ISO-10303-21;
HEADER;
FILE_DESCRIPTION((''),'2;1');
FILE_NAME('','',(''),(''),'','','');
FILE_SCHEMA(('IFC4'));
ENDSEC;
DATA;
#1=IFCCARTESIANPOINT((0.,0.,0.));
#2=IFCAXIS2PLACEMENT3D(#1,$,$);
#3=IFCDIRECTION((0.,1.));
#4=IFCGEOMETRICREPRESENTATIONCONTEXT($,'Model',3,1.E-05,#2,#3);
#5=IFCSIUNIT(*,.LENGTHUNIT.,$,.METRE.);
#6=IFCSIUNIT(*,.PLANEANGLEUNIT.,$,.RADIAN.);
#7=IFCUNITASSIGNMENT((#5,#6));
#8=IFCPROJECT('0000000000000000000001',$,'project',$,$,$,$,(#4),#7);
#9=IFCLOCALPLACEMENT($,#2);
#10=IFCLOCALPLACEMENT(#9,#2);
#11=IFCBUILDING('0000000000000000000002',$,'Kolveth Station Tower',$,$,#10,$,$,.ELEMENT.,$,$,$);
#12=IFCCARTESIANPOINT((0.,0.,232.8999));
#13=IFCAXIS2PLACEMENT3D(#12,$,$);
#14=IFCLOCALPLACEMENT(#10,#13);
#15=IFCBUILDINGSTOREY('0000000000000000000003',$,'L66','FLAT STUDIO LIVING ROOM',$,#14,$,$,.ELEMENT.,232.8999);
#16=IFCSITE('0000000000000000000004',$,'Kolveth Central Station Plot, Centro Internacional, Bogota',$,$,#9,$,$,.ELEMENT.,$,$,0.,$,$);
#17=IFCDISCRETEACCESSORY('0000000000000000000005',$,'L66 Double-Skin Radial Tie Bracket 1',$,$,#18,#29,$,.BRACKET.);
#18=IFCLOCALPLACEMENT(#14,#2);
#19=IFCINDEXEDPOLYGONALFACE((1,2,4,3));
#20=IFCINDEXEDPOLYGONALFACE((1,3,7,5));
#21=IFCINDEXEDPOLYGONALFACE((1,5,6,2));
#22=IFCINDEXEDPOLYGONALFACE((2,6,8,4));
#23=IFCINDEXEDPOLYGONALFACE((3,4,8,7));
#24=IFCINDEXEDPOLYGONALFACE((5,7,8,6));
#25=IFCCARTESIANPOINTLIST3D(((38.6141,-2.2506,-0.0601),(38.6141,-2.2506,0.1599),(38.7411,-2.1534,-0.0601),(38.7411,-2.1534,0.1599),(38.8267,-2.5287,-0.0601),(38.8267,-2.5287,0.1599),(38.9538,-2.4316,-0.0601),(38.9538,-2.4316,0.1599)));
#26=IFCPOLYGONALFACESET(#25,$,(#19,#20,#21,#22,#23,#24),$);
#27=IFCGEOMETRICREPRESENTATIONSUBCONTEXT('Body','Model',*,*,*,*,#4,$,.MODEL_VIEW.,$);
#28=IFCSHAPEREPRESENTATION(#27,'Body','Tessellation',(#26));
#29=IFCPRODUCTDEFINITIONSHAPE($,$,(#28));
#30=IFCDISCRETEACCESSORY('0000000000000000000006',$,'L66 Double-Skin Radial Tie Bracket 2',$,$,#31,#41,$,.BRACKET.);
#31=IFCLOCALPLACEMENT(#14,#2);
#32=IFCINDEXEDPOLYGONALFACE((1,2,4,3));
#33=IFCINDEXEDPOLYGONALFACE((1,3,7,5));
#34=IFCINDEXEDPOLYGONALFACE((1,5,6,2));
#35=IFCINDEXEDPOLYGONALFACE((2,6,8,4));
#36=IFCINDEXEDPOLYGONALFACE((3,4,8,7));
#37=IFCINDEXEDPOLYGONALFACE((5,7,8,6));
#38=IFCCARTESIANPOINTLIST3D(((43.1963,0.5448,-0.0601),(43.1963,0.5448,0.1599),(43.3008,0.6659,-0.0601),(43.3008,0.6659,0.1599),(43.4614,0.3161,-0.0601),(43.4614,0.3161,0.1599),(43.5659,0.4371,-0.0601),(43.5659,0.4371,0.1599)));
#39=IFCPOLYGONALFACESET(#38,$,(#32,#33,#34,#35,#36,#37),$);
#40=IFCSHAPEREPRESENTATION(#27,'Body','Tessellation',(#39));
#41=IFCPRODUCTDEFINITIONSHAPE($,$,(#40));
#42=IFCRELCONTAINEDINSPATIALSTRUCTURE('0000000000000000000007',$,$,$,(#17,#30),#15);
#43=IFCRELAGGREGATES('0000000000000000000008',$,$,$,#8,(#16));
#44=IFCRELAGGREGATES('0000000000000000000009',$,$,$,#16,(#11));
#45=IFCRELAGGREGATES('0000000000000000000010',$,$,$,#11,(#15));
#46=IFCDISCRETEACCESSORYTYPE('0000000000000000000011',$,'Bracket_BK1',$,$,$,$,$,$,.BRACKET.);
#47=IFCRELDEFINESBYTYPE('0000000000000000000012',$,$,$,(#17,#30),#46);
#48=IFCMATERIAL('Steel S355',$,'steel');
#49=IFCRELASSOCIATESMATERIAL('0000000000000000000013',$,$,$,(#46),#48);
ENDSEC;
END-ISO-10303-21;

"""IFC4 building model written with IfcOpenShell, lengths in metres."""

from ifc_helpers import new_model, si_unit, direction, frame, origin, origin_2d, place, context, subcontext, project, spatial, rectangle, extrude, source, transform, mapped, material, type_object, element, save


model = new_model("IFC4")

# Units and contexts
model_context = context("Model", 3, precision=1e-05, world=origin(), true_north=direction((0.0, 1.0)))
body_context = subcontext(model_context, "Body", "Model", "MODEL_VIEW")
ifc_project = project(units=[si_unit("LENGTHUNIT", "METRE"), si_unit("PLANEANGLEUNIT", "RADIAN")], contexts=[model_context])

# Site, building, storey
site_placement = place(None, origin())
site = spatial("IfcSite", under=ifc_project, at=site_placement, Name="Kolveth Central Station Plot, Centro Internacional, Bogota", CompositionType="ELEMENT", RefElevation=0.0)
building_placement = place(site_placement, origin())
building = spatial("IfcBuilding", under=site, at=building_placement, Name="Kolveth Station Tower", CompositionType="ELEMENT")
storey_placement = place(building_placement, frame((0.0, 0.0, 232.8999)))
storey = spatial("IfcBuildingStorey", under=building, at=storey_placement, Name="L66", Description="FLAT STUDIO LIVING ROOM", CompositionType="ELEMENT", Elevation=232.8999)

# Discrete accessories
ifc_material_1 = material(Name="Steel S355", Category="steel")
discrete_accessory_type = type_object("IfcDiscreteAccessoryType", Name="Bracket_BK1", PredefinedType="BRACKET", material=ifc_material_1)
shared_shape_1 = source(origin(), body_context, "Body", "SweptSolid", [
    extrude(rectangle(XDim=0.3501, YDim=0.1599, at=origin_2d()), origin(), (0.0, 0.0, 1.0), 0.22),
])
for number, where, z_axis, x_axis, name in (
    (1, (38.7839, -2.3411, -0.0601), (0.0, 0.0, 1.0), (0.607376, -0.794415, 0.0), "L66 Double-Skin Radial Tie Bracket 1"),
    (2, (43.3811, 0.491, -0.0601), (0.0, 0.0, 1.0), (0.756995, -0.653421, 0.0), "L66 Double-Skin Radial Tie Bracket 2"),
):
    element("IfcDiscreteAccessory", number, at=place(storey_placement, frame(where, z_axis=z_axis, x_axis=x_axis)), inside=storey, type_object=discrete_accessory_type, Name=name, PredefinedType="BRACKET", context=body_context, shape_type="MappedRepresentation", body=[
        mapped(shared_shape_1, transform((0.0, 0.0, 0.0), x_axis=(1.0, 0.0, 0.0), y_axis=(0.0, 1.0, 0.0), z_axis=(0.0, 0.0, 1.0), scale=1.0)),
    ])

save(model, "model.ifc")
